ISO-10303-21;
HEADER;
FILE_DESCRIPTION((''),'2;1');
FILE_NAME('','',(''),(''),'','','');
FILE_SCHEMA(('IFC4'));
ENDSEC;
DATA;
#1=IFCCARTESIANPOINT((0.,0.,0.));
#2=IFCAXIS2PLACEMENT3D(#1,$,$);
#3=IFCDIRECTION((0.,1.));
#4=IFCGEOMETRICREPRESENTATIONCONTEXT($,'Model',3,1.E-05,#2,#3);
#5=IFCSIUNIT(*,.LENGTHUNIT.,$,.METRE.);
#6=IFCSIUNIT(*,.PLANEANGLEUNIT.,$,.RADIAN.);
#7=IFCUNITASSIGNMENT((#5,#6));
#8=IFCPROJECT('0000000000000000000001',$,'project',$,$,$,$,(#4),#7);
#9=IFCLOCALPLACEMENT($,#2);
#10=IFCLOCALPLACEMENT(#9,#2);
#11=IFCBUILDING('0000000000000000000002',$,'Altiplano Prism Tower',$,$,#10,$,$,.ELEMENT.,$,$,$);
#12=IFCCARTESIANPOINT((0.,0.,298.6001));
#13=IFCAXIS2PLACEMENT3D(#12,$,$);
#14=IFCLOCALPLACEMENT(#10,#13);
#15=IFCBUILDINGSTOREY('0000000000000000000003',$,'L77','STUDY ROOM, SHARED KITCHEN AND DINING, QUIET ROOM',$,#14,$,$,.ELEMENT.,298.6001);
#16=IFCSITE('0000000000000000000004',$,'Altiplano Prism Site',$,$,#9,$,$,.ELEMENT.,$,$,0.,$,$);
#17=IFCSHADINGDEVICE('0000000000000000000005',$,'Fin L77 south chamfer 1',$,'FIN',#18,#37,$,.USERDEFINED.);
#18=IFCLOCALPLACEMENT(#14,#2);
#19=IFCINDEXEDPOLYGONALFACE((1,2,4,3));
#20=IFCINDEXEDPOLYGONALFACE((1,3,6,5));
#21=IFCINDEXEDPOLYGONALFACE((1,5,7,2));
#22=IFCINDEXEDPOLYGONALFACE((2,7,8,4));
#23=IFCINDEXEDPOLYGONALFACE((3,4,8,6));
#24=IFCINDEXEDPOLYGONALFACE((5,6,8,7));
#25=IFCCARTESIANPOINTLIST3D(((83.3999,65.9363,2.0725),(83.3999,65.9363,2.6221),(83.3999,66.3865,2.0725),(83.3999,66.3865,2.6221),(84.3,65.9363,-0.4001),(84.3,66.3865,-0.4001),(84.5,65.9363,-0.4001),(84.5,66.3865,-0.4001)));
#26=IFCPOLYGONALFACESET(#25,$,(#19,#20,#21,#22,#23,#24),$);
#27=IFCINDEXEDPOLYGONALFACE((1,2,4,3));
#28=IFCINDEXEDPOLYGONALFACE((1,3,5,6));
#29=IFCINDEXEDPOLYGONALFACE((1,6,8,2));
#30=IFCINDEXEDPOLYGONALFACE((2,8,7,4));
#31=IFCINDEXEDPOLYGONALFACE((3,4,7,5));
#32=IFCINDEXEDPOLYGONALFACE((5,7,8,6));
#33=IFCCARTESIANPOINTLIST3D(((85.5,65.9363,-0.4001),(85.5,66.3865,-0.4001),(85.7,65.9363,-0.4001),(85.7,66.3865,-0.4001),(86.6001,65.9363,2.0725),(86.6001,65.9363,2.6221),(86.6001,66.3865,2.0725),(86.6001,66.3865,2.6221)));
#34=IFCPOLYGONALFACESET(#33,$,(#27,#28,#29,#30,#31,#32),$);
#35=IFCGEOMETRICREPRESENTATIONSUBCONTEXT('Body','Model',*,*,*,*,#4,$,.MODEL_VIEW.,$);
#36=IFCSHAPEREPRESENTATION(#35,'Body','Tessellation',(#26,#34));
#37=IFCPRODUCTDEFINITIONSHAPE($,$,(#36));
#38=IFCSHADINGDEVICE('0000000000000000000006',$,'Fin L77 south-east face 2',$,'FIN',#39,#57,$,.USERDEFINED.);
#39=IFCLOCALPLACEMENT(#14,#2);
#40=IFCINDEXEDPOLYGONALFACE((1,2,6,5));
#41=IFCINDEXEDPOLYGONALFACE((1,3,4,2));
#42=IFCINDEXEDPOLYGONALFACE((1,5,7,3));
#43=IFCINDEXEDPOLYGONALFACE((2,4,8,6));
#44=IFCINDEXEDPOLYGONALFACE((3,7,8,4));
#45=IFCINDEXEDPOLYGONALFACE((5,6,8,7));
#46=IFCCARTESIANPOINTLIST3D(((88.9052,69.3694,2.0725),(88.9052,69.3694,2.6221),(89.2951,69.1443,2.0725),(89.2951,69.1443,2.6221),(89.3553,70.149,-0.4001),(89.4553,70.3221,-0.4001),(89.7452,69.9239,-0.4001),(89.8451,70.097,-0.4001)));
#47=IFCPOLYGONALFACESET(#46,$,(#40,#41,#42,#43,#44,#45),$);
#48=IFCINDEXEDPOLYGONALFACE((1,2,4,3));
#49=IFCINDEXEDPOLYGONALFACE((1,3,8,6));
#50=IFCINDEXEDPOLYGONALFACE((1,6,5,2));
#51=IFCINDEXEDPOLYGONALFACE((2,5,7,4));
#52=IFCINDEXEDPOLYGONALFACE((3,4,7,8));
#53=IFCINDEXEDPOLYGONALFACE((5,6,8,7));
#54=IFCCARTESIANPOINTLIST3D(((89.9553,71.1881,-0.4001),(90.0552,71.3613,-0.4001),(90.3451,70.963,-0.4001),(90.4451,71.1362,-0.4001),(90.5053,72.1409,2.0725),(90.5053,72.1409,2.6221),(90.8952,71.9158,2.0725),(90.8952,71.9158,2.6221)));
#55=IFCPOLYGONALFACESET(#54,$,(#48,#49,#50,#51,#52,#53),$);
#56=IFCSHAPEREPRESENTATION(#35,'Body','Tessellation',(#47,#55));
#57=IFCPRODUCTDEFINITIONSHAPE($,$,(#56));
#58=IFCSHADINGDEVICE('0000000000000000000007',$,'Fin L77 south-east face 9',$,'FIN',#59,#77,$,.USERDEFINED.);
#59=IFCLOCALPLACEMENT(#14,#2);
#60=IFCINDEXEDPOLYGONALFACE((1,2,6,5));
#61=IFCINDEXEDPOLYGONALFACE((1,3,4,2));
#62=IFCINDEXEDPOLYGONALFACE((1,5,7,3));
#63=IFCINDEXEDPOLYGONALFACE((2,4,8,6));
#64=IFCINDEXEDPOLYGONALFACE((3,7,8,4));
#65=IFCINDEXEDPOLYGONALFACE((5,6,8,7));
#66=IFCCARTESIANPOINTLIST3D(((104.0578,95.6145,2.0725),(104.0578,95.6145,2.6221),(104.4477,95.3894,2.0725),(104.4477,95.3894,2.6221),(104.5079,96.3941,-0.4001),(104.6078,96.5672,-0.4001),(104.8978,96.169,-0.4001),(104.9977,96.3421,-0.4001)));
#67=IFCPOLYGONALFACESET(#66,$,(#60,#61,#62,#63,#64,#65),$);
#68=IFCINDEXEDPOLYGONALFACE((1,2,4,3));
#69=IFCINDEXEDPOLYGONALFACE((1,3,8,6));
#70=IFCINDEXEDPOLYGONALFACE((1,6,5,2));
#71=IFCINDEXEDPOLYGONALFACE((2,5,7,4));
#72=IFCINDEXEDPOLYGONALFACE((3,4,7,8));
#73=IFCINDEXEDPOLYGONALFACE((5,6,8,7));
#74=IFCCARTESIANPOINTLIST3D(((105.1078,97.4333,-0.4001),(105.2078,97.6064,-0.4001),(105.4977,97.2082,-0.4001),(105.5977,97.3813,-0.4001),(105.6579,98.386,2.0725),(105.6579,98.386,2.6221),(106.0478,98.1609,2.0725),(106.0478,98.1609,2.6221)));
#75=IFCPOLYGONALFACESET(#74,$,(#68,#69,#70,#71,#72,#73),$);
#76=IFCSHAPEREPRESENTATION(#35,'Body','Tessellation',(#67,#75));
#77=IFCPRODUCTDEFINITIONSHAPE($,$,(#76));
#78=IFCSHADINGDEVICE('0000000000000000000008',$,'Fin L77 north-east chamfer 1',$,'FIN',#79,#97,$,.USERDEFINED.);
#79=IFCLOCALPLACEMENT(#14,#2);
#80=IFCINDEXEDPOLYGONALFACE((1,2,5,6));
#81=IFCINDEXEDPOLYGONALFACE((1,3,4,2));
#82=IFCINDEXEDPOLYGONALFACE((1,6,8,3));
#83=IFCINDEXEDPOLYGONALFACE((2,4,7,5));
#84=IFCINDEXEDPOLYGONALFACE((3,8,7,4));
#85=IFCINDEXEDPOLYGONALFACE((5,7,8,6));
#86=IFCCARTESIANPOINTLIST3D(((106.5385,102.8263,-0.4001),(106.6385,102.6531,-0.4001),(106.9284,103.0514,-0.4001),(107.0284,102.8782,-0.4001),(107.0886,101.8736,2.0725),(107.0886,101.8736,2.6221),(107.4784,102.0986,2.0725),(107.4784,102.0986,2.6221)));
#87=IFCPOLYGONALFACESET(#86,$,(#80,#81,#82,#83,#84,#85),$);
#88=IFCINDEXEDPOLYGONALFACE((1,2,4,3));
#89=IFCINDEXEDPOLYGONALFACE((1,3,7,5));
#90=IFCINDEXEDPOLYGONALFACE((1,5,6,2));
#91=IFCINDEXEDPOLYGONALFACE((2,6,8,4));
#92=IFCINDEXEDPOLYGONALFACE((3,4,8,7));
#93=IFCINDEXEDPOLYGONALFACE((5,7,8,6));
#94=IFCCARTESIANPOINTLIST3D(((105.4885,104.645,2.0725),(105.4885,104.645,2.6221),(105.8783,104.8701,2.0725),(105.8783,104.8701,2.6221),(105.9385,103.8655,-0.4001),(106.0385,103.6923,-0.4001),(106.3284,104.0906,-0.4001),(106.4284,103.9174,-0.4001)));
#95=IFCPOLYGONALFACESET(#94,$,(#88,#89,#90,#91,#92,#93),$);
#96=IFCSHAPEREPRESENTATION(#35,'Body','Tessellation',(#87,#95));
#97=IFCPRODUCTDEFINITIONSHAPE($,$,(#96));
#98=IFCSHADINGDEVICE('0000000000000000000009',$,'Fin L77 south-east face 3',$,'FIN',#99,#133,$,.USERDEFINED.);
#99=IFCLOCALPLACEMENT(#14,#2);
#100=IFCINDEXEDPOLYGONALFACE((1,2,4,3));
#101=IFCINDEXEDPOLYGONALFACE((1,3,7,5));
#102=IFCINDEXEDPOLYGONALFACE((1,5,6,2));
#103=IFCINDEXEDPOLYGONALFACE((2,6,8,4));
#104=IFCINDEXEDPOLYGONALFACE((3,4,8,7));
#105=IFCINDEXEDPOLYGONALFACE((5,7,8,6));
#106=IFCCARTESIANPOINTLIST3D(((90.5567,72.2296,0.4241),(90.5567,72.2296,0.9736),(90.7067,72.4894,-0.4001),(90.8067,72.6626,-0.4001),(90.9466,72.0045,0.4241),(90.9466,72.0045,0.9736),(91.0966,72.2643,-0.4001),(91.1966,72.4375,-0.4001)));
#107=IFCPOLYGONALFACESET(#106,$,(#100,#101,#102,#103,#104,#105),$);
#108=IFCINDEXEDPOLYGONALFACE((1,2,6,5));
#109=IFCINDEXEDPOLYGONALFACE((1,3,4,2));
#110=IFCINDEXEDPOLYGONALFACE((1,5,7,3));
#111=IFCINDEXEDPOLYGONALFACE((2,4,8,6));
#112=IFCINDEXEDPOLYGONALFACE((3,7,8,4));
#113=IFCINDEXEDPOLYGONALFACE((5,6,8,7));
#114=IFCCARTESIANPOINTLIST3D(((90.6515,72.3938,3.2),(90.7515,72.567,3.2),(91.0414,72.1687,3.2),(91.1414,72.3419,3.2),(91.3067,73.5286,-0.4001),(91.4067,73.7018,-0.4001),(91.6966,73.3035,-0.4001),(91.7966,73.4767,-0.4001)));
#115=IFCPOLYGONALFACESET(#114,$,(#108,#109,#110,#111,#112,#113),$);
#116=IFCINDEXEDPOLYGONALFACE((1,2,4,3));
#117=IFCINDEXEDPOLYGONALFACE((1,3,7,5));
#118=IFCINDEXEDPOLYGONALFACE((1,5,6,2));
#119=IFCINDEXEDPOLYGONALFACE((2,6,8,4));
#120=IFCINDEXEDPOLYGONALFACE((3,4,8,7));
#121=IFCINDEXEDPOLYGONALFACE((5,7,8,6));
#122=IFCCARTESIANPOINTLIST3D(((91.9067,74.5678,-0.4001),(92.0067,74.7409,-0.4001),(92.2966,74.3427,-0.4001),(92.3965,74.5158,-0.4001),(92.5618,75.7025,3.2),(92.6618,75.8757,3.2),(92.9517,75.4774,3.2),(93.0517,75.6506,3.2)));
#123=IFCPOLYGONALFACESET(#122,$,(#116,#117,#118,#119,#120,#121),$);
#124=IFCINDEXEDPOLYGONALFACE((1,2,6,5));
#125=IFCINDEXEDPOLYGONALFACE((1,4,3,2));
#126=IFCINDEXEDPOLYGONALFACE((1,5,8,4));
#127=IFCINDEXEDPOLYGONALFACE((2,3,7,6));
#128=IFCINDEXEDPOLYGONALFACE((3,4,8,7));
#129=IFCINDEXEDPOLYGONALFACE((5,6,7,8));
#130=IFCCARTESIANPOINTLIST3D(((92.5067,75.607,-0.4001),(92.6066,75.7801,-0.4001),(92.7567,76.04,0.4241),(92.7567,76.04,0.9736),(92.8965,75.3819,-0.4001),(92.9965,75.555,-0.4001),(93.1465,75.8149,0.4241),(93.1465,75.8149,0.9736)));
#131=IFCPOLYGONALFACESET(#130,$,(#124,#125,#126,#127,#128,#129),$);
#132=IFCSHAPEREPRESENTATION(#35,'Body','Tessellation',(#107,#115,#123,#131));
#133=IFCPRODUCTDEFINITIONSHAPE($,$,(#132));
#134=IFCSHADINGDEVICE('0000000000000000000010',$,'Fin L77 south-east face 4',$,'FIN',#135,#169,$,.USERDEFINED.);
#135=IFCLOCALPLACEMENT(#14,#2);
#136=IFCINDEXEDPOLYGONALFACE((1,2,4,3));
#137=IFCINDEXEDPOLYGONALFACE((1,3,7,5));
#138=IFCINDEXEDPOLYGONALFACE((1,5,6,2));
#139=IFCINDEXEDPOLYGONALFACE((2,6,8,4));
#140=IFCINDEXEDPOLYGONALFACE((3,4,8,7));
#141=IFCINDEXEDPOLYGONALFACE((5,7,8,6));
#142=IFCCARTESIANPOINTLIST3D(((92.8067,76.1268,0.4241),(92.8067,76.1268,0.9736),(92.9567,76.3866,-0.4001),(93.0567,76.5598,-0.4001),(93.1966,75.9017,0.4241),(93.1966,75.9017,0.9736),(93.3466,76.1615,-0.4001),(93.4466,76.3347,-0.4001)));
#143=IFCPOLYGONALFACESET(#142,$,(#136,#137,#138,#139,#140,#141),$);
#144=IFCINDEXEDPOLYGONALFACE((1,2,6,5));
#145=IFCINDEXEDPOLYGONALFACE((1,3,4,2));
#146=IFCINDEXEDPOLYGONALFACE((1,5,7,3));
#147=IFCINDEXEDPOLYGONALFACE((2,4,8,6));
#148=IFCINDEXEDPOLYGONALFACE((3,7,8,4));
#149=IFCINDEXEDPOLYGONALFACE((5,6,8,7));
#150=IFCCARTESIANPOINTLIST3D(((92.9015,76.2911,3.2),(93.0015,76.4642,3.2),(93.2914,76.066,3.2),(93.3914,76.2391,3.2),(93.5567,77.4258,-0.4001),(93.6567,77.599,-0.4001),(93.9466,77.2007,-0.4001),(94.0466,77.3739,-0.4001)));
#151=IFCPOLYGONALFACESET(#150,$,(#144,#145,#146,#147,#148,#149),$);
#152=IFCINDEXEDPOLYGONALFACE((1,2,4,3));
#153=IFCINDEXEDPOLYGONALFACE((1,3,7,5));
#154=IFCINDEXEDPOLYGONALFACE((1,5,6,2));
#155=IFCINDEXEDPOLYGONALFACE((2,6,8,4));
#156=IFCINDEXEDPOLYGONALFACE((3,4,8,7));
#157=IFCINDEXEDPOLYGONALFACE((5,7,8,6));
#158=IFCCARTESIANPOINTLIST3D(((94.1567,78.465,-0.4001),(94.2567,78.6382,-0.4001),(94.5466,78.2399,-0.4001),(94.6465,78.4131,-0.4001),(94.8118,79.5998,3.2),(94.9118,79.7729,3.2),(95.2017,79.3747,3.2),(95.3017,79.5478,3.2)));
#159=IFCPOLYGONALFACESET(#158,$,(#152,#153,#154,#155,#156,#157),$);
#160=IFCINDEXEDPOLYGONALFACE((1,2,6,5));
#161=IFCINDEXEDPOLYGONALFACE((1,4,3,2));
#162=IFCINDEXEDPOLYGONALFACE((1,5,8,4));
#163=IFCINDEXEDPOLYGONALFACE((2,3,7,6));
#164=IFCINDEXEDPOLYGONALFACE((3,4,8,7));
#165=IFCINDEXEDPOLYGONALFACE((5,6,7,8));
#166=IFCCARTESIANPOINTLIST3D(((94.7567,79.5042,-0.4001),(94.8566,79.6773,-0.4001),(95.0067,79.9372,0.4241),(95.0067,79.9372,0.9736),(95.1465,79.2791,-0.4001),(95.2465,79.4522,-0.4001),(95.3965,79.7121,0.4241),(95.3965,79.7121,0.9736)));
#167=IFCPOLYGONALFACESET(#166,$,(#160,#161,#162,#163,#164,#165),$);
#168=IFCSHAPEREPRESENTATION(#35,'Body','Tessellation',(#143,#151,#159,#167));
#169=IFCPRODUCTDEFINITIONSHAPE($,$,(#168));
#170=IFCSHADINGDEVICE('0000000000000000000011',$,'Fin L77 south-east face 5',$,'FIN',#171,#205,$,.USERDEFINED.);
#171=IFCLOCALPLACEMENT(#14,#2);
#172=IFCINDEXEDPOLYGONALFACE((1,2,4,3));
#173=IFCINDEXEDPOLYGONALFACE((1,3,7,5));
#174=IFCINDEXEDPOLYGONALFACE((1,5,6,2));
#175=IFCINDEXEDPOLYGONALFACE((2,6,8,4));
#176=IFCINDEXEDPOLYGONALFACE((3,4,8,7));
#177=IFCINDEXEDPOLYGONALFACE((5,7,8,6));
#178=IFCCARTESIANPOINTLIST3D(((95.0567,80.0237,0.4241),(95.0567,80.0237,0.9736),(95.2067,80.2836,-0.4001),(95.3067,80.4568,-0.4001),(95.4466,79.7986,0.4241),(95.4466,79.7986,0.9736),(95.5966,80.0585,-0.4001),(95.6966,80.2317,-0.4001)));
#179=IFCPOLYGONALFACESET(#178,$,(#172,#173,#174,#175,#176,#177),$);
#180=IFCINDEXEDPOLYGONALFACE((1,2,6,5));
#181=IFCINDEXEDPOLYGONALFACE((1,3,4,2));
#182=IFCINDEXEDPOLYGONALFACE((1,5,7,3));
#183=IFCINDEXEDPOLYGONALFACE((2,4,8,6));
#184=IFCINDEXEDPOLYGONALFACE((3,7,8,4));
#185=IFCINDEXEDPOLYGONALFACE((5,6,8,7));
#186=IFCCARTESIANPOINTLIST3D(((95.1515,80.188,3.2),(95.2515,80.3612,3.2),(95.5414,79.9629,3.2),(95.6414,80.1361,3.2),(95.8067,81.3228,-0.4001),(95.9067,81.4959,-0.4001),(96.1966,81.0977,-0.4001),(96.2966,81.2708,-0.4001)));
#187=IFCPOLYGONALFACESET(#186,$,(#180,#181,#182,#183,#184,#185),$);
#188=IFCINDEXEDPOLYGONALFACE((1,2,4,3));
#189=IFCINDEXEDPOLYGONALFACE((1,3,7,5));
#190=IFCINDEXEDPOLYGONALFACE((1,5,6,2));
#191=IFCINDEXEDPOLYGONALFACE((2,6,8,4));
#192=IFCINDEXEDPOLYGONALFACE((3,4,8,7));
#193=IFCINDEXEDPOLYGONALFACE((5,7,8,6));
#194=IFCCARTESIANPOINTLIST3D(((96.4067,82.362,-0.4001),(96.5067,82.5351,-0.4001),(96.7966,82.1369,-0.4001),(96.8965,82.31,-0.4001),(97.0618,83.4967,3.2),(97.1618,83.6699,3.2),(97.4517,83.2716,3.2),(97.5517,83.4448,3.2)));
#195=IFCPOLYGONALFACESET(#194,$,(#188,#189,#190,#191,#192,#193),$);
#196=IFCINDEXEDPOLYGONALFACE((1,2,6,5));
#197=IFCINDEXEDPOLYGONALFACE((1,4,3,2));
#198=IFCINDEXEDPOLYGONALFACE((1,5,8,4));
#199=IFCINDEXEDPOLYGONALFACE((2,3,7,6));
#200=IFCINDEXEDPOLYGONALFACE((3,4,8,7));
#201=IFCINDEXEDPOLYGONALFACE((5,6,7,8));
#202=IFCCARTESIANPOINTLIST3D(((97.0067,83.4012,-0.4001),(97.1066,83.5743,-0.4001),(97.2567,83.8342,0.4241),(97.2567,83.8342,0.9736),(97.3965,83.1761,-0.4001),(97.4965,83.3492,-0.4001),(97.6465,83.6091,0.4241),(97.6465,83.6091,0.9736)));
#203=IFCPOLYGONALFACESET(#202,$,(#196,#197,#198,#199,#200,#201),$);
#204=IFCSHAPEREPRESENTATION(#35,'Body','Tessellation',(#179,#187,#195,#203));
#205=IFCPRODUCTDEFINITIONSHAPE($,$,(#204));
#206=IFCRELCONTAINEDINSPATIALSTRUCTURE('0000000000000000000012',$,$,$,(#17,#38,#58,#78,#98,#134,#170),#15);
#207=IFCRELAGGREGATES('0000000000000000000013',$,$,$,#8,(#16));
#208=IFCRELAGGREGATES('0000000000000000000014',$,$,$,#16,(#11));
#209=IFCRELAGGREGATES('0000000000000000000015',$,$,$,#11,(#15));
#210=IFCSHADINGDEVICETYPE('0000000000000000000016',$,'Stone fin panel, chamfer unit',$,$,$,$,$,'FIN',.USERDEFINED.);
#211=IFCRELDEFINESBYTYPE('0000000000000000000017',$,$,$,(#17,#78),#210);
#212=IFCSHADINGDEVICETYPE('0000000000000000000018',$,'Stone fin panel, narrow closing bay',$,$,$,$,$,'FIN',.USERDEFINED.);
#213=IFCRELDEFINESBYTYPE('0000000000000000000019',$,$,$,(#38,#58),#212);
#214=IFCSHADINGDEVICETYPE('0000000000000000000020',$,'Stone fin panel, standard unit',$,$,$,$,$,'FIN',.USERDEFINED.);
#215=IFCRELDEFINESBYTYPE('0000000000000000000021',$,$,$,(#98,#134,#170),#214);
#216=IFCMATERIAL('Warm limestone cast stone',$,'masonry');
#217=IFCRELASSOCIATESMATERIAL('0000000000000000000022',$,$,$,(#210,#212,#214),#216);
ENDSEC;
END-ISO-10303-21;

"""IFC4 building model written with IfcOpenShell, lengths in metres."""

from ifc_helpers import new_model, si_unit, direction, frame, origin, place, context, subcontext, project, spatial, polyline, outline, extrude, source, transform, mapped, material, type_object, element, save


model = new_model("IFC4")

# Units and contexts
model_context = context("Model", 3, precision=1e-05, world=origin(), true_north=direction((0.0, 1.0)))
body_context = subcontext(model_context, "Body", "Model", "MODEL_VIEW")
ifc_project = project(units=[si_unit("LENGTHUNIT", "METRE"), si_unit("PLANEANGLEUNIT", "RADIAN")], contexts=[model_context])

# Site, building, storey
site_placement = place(None, origin())
site = spatial("IfcSite", under=ifc_project, at=site_placement, Name="Altiplano Prism Site", CompositionType="ELEMENT", RefElevation=0.0)
building_placement = place(site_placement, origin())
building = spatial("IfcBuilding", under=site, at=building_placement, Name="Altiplano Prism Tower", CompositionType="ELEMENT")
storey_placement = place(building_placement, frame((0.0, 0.0, 298.6001)))
storey = spatial("IfcBuildingStorey", under=building, at=storey_placement, Name="L77", Description="STUDY ROOM, SHARED KITCHEN AND DINING, QUIET ROOM", CompositionType="ELEMENT", Elevation=298.6001)

# Shading devices
ifc_material_1 = material(Name="Warm limestone cast stone", Category="masonry")
shading_device_type_1 = type_object("IfcShadingDeviceType", Name="Stone fin panel, chamfer unit", ElementType="FIN", PredefinedType="USERDEFINED", material=ifc_material_1)
shared_shape_1 = source(origin(), body_context, "Body", "SweptSolid", [
    extrude(outline(polyline([(-1.6001, 3.0222), (-1.6001, 2.4727), (-0.7, 0.0), (-0.5, 0.0), (-1.6001, 3.0222)])), frame((0.0, -0.1499, 0.0), z_axis=(0.0, -1.0, 0.0), x_axis=(1.0, 0.0, 0.0)), (0.0, 0.0, 1.0), 0.4502),
    extrude(outline(polyline([(1.6001, 2.4727), (1.6001, 3.0222), (0.5, 0.0), (0.7, 0.0), (1.6001, 2.4727)])), frame((0.0, -0.1499, 0.0), z_axis=(0.0, -1.0, 0.0), x_axis=(1.0, 0.0, 0.0)), (0.0, 0.0, 1.0), 0.4502),
])
shading_device_1_placement = place(storey_placement, origin())
element("IfcShadingDevice", 1, at=shading_device_1_placement, inside=storey, type_object=shading_device_type_1, Name="Fin L77 south chamfer 1", ObjectType="FIN", PredefinedType="USERDEFINED", context=body_context, shape_type="MappedRepresentation", body=[
    mapped(shared_shape_1, transform((85.0, 66.5364, -0.4001), x_axis=(1.0, 0.0, 0.0), y_axis=(0.0, 1.0, 0.0), z_axis=(0.0, 0.0, 1.0))),
])
shading_device_type_2 = type_object("IfcShadingDeviceType", Name="Stone fin panel, narrow closing bay", ElementType="FIN", PredefinedType="USERDEFINED", material=ifc_material_1)
shading_device_2_placement = place(storey_placement, origin())
element("IfcShadingDevice", 2, at=shading_device_2_placement, inside=storey, type_object=shading_device_type_2, Name="Fin L77 south-east face 2", ObjectType="FIN", PredefinedType="USERDEFINED", context=body_context, shape_type="MappedRepresentation", body=[
    mapped(shared_shape_1, transform((89.5754, 70.8301, -0.4001), x_axis=(0.5, 0.866025, 0.0), y_axis=(-0.866025, 0.5, 0.0), z_axis=(0.0, 0.0, 1.0))),
])
shading_device_3_placement = place(storey_placement, origin())
element("IfcShadingDevice", 3, at=shading_device_3_placement, inside=storey, type_object=shading_device_type_2, Name="Fin L77 south-east face 9", ObjectType="FIN", PredefinedType="USERDEFINED", context=body_context, shape_type="MappedRepresentation", body=[
    mapped(shared_shape_1, transform((104.728, 97.0752, -0.4001), x_axis=(0.5, 0.866025, 0.0), y_axis=(-0.866025, 0.5, 0.0), z_axis=(0.0, 0.0, 1.0))),
])
shading_device_4_placement = place(storey_placement, origin())
element("IfcShadingDevice", 4, at=shading_device_4_placement, inside=storey, type_object=shading_device_type_1, Name="Fin L77 north-east chamfer 1", ObjectType="FIN", PredefinedType="USERDEFINED", context=body_context, shape_type="MappedRepresentation", body=[
    mapped(shared_shape_1, transform((106.1587, 103.1843, -0.4001), x_axis=(-0.5, 0.866025, 0.0), y_axis=(-0.866025, -0.5, 0.0), z_axis=(0.0, 0.0, 1.0))),
])
shading_device_type_3 = type_object("IfcShadingDeviceType", Name="Stone fin panel, standard unit", ElementType="FIN", PredefinedType="USERDEFINED", material=ifc_material_1)
shared_shape_2 = source(origin(), body_context, "Body", "SweptSolid", [
    extrude(outline(polyline([(-2.2, 1.3738), (-2.2, 0.8242), (-1.8999, 0.0), (-1.7, 0.0), (-2.2, 1.3738)])), frame((0.0, -0.1499, 0.0), z_axis=(0.0, -1.0, 0.0), x_axis=(1.0, 0.0, 0.0)), (0.0, 0.0, 1.0), 0.4502),
    extrude(outline(polyline([(-2.0103, 3.6001), (-0.7, 0.0), (-0.5, 0.0), (-1.8103, 3.6001), (-2.0103, 3.6001)])), frame((0.0, -0.1499, 0.0), z_axis=(0.0, -1.0, 0.0), x_axis=(1.0, 0.0, 0.0)), (0.0, 0.0, 1.0), 0.4502),
    extrude(outline(polyline([(1.8103, 3.6001), (0.5, 0.0), (0.7, 0.0), (2.0103, 3.6001), (1.8103, 3.6001)])), frame((0.0, -0.1499, 0.0), z_axis=(0.0, -1.0, 0.0), x_axis=(1.0, 0.0, 0.0)), (0.0, 0.0, 1.0), 0.4502),
    extrude(outline(polyline([(2.2, 0.8242), (2.2, 1.3738), (1.7, 0.0), (1.8999, 0.0), (2.2, 0.8242)])), frame((0.0, -0.1499, 0.0), z_axis=(0.0, -1.0, 0.0), x_axis=(1.0, 0.0, 0.0)), (0.0, 0.0, 1.0), 0.4502),
])
shading_device_5_placement = place(storey_placement, origin())
element("IfcShadingDevice", 5, at=shading_device_5_placement, inside=storey, type_object=shading_device_type_3, Name="Fin L77 south-east face 3", ObjectType="FIN", PredefinedType="USERDEFINED", context=body_context, shape_type="MappedRepresentation", body=[
    mapped(shared_shape_2, transform((91.5269, 74.2097, -0.4001), x_axis=(0.5, 0.866025, 0.0), y_axis=(-0.866025, 0.5, 0.0), z_axis=(0.0, 0.0, 1.0))),
])
shading_device_6_placement = place(storey_placement, origin())
element("IfcShadingDevice", 6, at=shading_device_6_placement, inside=storey, type_object=shading_device_type_3, Name="Fin L77 south-east face 4", ObjectType="FIN", PredefinedType="USERDEFINED", context=body_context, shape_type="MappedRepresentation", body=[
    mapped(shared_shape_2, transform((93.7769, 78.1069, -0.4001), x_axis=(0.5, 0.866025, 0.0), y_axis=(-0.866025, 0.5, 0.0), z_axis=(0.0, 0.0, 1.0))),
])
shading_device_7_placement = place(storey_placement, origin())
element("IfcShadingDevice", 7, at=shading_device_7_placement, inside=storey, type_object=shading_device_type_3, Name="Fin L77 south-east face 5", ObjectType="FIN", PredefinedType="USERDEFINED", context=body_context, shape_type="MappedRepresentation", body=[
    mapped(shared_shape_2, transform((96.0269, 82.0039, -0.4001), x_axis=(0.5, 0.866025, 0.0), y_axis=(-0.866025, 0.5, 0.0), z_axis=(0.0, 0.0, 1.0))),
])

save(model, "model.ifc")
